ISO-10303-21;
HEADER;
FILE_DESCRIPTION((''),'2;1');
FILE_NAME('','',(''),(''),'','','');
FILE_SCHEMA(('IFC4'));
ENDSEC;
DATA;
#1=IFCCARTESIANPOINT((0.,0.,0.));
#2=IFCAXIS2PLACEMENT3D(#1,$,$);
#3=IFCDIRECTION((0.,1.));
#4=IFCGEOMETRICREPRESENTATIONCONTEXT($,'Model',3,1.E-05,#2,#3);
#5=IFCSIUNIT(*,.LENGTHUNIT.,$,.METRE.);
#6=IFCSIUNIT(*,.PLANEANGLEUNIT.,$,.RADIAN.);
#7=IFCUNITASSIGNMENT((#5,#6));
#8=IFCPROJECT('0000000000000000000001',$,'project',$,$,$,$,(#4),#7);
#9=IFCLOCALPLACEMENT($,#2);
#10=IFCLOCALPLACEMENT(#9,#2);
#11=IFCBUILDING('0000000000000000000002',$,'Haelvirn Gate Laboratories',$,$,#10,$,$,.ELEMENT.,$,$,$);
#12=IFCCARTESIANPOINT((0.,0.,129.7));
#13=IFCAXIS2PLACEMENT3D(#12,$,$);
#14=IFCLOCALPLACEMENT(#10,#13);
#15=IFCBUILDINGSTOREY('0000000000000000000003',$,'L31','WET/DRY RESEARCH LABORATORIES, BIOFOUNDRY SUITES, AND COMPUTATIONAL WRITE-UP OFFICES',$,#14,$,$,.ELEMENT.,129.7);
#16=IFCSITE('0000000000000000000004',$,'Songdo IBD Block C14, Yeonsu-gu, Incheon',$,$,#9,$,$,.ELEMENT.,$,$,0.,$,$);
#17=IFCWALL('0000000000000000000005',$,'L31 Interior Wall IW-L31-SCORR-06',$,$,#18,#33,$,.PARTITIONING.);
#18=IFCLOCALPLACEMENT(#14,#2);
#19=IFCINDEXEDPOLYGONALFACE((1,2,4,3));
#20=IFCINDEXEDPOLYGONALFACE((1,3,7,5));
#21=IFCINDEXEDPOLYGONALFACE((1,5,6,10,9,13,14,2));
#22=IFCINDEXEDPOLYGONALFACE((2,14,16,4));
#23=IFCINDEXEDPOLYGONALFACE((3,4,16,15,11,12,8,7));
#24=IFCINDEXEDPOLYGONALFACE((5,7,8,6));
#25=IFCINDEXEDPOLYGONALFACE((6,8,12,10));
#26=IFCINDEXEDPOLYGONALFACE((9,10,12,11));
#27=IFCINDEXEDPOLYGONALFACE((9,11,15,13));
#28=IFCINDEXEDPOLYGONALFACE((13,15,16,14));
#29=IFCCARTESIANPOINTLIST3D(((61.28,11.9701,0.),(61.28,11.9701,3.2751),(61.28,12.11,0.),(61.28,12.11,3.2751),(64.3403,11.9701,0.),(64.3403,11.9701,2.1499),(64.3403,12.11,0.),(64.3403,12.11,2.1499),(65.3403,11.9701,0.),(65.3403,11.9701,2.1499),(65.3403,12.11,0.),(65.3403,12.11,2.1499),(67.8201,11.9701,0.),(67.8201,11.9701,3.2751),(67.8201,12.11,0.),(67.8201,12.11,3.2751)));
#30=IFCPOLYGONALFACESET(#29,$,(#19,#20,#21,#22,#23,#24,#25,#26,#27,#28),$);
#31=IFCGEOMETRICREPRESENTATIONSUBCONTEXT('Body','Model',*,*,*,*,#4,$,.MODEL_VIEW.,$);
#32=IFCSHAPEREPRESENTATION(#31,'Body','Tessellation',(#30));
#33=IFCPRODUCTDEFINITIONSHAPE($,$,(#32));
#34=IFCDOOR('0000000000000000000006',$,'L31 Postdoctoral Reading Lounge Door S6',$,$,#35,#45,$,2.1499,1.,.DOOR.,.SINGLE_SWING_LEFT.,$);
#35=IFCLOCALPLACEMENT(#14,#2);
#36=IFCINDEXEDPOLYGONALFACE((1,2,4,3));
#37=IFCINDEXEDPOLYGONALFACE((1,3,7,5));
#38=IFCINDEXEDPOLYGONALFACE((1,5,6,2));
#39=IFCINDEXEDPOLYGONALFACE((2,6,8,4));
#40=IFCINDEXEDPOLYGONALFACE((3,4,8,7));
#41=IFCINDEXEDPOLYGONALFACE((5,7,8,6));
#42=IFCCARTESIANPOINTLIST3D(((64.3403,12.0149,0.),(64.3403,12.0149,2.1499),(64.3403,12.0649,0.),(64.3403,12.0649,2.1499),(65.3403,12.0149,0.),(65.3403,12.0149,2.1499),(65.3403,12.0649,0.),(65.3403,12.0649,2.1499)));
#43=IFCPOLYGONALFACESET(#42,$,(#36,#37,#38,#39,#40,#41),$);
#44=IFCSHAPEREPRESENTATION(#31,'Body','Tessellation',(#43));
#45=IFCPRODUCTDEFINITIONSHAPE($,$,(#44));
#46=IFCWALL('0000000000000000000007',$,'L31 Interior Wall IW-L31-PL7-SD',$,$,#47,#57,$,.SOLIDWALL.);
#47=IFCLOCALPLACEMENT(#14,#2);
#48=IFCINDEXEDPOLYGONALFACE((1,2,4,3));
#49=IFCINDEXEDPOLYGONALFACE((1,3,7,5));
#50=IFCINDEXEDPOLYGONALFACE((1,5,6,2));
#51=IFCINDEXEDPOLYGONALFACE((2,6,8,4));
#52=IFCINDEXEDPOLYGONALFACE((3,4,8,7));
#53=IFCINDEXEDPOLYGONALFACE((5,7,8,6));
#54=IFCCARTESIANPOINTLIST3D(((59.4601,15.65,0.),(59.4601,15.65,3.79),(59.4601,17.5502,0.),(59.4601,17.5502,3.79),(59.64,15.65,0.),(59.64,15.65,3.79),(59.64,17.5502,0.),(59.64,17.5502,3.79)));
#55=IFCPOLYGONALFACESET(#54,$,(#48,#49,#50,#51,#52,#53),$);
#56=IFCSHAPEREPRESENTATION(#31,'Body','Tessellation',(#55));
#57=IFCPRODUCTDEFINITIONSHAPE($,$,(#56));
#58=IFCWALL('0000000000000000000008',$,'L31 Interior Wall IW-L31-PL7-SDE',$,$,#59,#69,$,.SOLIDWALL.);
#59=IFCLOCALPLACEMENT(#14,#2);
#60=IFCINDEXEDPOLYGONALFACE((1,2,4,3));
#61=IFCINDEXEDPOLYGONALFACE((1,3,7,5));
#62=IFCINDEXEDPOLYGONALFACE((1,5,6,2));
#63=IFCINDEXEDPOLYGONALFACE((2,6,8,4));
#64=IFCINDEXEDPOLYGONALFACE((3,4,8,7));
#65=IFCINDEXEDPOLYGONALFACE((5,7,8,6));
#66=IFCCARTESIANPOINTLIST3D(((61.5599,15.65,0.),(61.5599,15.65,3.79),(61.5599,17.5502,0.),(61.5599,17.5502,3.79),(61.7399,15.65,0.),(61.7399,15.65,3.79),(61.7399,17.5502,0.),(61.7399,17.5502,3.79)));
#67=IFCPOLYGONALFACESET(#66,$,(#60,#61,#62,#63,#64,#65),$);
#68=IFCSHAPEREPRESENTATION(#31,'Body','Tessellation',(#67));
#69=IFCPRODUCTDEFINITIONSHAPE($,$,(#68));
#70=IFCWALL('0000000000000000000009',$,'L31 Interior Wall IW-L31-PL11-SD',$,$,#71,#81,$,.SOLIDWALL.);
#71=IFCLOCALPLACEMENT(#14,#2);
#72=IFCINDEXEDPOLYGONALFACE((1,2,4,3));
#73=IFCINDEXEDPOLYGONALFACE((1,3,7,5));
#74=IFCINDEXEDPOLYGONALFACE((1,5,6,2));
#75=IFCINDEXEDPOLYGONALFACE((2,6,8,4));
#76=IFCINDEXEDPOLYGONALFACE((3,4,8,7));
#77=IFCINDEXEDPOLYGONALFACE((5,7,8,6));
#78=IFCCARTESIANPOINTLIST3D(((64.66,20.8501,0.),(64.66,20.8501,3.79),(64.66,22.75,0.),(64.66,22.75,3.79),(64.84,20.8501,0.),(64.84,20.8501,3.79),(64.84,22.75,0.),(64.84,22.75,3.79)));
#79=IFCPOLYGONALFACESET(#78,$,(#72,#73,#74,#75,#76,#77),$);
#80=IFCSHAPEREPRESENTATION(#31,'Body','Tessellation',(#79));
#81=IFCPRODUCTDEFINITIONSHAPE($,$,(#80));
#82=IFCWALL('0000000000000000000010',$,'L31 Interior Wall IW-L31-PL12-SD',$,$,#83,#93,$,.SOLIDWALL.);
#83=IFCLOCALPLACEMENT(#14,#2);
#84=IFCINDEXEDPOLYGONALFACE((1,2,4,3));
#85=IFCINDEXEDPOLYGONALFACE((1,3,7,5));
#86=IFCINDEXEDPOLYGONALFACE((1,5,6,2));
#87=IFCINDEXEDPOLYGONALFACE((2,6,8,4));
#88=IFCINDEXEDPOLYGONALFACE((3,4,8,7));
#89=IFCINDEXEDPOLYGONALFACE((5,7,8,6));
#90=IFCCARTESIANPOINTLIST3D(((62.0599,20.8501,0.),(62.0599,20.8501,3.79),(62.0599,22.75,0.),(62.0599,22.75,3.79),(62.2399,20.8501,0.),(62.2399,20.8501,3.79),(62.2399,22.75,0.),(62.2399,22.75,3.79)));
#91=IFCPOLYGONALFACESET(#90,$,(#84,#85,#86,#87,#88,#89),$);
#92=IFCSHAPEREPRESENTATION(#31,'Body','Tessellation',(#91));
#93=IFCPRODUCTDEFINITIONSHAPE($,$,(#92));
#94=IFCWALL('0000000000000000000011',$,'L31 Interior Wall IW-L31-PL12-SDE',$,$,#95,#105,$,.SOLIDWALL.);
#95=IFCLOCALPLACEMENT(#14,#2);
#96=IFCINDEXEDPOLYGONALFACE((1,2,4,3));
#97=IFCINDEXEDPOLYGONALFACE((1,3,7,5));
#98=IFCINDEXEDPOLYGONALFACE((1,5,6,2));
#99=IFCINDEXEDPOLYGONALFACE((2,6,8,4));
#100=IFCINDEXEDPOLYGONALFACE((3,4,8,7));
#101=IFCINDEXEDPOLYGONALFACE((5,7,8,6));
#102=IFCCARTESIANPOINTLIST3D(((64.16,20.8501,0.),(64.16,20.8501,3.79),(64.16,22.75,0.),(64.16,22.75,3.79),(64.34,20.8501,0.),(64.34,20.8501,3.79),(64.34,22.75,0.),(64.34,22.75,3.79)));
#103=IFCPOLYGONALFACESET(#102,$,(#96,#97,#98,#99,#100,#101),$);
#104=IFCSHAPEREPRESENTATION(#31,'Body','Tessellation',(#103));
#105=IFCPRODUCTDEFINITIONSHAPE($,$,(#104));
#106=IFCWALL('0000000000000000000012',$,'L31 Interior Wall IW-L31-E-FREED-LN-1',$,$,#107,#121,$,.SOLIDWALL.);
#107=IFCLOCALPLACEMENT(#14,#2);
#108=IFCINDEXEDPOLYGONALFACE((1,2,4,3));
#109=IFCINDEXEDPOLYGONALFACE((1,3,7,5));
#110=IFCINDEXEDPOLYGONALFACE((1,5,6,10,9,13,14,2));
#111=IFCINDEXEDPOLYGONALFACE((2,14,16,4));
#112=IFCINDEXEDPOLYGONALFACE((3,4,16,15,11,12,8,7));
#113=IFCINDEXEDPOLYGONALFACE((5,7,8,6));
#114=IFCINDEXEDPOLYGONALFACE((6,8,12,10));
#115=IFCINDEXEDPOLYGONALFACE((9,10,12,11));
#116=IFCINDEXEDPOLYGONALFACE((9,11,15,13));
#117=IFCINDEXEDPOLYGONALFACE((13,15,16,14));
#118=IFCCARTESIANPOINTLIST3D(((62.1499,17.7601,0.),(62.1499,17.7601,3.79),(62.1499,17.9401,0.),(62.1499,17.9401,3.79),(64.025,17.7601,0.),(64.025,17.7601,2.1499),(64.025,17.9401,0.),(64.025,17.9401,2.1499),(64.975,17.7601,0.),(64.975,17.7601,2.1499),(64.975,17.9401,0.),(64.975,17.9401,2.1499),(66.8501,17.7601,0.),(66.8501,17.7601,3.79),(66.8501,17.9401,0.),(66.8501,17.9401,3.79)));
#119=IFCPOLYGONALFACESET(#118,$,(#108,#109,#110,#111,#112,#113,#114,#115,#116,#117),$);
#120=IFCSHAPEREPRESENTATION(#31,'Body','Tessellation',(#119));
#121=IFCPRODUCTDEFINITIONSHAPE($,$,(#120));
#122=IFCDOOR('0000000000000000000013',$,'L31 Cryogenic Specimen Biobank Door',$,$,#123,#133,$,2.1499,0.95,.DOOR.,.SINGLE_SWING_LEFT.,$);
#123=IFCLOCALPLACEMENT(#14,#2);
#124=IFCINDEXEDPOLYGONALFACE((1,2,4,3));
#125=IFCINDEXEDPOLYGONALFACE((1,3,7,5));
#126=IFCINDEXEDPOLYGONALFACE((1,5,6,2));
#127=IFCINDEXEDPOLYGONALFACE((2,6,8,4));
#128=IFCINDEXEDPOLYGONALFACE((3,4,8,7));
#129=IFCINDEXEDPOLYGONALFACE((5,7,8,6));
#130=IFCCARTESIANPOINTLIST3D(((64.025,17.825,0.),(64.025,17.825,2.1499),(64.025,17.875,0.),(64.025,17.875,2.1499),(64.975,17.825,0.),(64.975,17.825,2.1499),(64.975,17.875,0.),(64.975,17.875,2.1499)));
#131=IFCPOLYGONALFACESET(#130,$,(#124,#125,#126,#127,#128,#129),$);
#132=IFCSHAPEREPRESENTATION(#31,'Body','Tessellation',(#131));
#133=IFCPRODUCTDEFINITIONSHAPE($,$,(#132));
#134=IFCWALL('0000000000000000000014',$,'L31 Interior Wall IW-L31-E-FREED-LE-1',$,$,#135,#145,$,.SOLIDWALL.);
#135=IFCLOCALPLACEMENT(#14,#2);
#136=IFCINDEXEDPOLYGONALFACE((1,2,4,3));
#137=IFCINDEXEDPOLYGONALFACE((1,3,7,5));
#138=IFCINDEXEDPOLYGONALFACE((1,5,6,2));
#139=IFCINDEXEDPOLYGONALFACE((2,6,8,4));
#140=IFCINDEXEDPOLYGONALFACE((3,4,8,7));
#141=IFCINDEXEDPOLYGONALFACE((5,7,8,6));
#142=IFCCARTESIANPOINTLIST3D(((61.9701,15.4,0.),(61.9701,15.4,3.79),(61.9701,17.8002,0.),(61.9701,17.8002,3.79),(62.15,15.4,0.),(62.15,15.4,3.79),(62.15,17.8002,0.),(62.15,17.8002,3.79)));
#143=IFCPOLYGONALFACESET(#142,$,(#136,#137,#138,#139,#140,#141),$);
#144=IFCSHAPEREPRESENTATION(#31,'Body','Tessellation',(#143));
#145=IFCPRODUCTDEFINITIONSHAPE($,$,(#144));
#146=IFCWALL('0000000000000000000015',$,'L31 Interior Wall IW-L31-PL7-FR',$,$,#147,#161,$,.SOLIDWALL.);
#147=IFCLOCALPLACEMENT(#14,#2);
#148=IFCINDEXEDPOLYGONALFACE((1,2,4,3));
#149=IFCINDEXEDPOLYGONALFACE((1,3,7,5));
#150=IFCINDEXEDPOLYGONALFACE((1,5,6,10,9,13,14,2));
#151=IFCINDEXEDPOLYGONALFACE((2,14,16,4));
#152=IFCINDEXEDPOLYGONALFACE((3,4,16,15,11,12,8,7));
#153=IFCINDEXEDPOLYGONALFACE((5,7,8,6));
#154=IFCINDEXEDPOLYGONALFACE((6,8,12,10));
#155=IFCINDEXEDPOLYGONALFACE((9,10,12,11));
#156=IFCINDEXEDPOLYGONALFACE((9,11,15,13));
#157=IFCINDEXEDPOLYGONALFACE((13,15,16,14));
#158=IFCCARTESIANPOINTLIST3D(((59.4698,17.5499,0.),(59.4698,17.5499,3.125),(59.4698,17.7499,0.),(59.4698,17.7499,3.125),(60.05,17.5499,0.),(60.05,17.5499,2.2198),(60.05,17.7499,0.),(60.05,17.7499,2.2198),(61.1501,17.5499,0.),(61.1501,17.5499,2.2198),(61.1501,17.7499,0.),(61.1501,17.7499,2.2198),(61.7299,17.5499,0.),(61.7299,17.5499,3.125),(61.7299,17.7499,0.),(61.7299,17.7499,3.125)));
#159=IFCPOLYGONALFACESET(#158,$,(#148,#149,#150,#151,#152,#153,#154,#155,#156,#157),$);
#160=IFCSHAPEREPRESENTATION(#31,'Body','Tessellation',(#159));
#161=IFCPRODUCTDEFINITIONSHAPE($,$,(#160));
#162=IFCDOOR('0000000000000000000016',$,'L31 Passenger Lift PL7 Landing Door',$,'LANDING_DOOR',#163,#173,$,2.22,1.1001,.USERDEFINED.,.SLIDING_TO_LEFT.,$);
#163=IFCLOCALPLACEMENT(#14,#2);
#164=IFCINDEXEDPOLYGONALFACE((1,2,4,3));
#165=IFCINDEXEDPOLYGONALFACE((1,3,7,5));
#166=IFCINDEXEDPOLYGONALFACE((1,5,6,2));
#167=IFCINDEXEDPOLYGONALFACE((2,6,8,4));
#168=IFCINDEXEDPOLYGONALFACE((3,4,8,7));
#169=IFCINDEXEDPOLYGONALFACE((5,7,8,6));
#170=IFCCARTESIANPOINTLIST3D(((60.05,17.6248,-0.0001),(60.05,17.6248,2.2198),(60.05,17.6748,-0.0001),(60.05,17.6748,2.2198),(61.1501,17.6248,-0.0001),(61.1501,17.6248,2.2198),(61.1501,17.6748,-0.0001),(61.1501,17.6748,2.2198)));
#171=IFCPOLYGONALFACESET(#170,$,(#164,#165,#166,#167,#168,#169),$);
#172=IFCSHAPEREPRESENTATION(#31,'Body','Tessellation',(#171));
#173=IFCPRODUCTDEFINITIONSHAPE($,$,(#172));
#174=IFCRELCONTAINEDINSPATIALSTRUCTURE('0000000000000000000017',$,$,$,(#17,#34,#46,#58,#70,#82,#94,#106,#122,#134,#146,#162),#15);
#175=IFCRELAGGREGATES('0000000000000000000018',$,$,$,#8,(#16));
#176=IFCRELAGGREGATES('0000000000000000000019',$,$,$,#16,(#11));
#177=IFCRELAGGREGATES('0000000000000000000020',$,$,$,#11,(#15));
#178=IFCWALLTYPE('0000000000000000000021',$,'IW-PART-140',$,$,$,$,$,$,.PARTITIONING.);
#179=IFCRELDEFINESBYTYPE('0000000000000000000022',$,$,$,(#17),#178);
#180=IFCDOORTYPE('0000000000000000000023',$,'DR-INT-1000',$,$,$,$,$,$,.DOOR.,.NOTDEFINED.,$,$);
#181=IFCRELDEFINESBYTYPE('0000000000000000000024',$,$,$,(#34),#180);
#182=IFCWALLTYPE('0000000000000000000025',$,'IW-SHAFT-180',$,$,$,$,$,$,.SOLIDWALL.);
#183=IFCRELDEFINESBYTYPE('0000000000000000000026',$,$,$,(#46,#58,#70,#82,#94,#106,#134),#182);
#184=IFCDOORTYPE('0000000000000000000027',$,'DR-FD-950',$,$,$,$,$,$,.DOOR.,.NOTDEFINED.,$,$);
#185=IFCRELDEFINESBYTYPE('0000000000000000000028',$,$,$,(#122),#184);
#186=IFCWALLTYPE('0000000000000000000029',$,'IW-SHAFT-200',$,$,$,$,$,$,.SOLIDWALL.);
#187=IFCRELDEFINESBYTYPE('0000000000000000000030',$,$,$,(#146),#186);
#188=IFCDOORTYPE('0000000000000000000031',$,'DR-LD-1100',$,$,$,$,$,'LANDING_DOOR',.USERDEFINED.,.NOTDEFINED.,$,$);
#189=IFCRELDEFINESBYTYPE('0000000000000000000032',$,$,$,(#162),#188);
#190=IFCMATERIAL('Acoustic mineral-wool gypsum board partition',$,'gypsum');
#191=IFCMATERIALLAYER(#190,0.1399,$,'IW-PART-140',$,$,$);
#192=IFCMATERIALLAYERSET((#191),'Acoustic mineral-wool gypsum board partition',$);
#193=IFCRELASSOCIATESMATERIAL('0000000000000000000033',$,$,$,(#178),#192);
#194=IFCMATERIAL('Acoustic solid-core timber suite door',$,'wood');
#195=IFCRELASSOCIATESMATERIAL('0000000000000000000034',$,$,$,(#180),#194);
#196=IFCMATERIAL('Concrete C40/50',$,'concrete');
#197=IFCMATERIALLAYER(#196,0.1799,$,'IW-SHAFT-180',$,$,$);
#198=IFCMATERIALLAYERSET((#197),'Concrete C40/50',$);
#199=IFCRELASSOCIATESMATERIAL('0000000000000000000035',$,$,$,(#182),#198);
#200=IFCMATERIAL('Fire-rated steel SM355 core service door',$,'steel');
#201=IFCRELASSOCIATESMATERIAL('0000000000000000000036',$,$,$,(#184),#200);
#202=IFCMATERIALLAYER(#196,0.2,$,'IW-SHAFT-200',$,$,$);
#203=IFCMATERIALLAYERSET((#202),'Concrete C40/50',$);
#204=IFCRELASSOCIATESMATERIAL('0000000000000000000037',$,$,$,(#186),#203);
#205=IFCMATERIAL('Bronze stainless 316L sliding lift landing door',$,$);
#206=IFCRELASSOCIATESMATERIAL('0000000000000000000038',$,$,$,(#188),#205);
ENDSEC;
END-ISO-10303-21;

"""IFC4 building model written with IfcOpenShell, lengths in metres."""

from ifc_helpers import new_model, si_unit, direction, frame, frame_2d, origin, place, context, subcontext, project, spatial, rectangle, extrude, source, transform, mapped, material, layer, layer_set, type_object, type_shapes, element, fill, save


model = new_model("IFC4")

# Units and contexts
model_context = context("Model", 3, precision=1e-05, world=origin(), true_north=direction((0.0, 1.0)))
body_context = subcontext(model_context, "Body", "Model", "MODEL_VIEW")
ifc_project = project(units=[si_unit("LENGTHUNIT", "METRE"), si_unit("PLANEANGLEUNIT", "RADIAN")], contexts=[model_context])

# Site, building, storey
site_placement = place(None, origin())
site = spatial("IfcSite", under=ifc_project, at=site_placement, Name="Songdo IBD Block C14, Yeonsu-gu, Incheon", CompositionType="ELEMENT", RefElevation=0.0)
building_placement = place(site_placement, origin())
building = spatial("IfcBuilding", under=site, at=building_placement, Name="Haelvirn Gate Laboratories", CompositionType="ELEMENT")
storey_placement = place(building_placement, frame((0.0, 0.0, 129.7)))
storey = spatial("IfcBuildingStorey", under=building, at=storey_placement, Name="L31", Description="WET/DRY RESEARCH LABORATORIES, BIOFOUNDRY SUITES, AND COMPUTATIONAL WRITE-UP OFFICES", CompositionType="ELEMENT", Elevation=129.7)

# Wall, opening, door
ifc_material_1 = material(Name="Acoustic mineral-wool gypsum board partition", Category="gypsum")
ifc_layer_1 = layer(ifc_material_1, 0.1399, Name="IW-PART-140")
ifc_layer_set_1 = layer_set([ifc_layer_1], Name="Acoustic mineral-wool gypsum board partition")
wall_type_1 = type_object("IfcWallType", Name="IW-PART-140", PredefinedType="PARTITIONING", material=ifc_layer_set_1)
wall_1_placement = place(storey_placement, frame((61.28, 12.04, 0.0), z_axis=(0.0, 0.0, 1.0), x_axis=(1.0, 0.0, 0.0)))
wall_1 = element("IfcWall", 1, at=wall_1_placement, inside=storey, type_object=wall_type_1, Name="L31 Interior Wall IW-L31-SCORR-06", PredefinedType="PARTITIONING", context=body_context, shape_type="SweptSolid", body=[
    extrude(rectangle(XDim=6.54, YDim=0.1399, at=frame_2d((3.27, 0.0))), origin(), (0.0, 0.0, 1.0), 3.2751),
])
opening_1_placement = place(wall_1_placement, frame((3.0603, 0.0, 0.0)))
opening_1 = element("IfcOpeningElement", 2, at=opening_1_placement, cuts=wall_1, PredefinedType="OPENING", context=body_context, shape_type="SweptSolid", body=[
    extrude(rectangle(XDim=1.0, YDim=2.1499, at=frame_2d((0.5, 1.075))), frame((0.0, 0.0801, 0.0), z_axis=(0.0, -1.0, 0.0), x_axis=(1.0, 0.0, 0.0)), (0.0, 0.0, 1.0), 0.1599),
])
ifc_material_2 = material(Name="Acoustic solid-core timber suite door", Category="wood")
door_type_1 = type_object("IfcDoorType", Name="DR-INT-1000", OperationType="NOTDEFINED", PredefinedType="DOOR", material=ifc_material_2)
shared_shape_1 = source(origin(), body_context, "Body", "SweptSolid", [
    extrude(rectangle(XDim=1.0, YDim=2.1499, at=frame_2d((0.5, 1.075))), frame((0.0, 0.0249, 0.0), z_axis=(0.0, -1.0, 0.0), x_axis=(1.0, 0.0, 0.0)), (0.0, 0.0, 1.0), 0.05),
])
type_shapes(door_type_1, [shared_shape_1])
door_1_placement = place(opening_1_placement, origin())
door_1 = element("IfcDoor", 3, at=door_1_placement, inside=storey, type_object=door_type_1, Name="L31 Postdoctoral Reading Lounge Door S6", OperationType="SINGLE_SWING_LEFT", OverallHeight=2.1499, OverallWidth=1.0, PredefinedType="DOOR", context=body_context, shape_type="MappedRepresentation", body=[
    mapped(shared_shape_1, transform((0.0, 0.0, 0.0), scale=1.0)),
])
fill(opening_1, door_1)

# Walls
ifc_material_3 = material(Name="Concrete C40/50", Category="concrete")
ifc_layer_2 = layer(ifc_material_3, 0.1799, Name="IW-SHAFT-180")
ifc_layer_set_2 = layer_set([ifc_layer_2], Name="Concrete C40/50")
wall_type_2 = type_object("IfcWallType", Name="IW-SHAFT-180", PredefinedType="SOLIDWALL", material=ifc_layer_set_2)
for number, where, z_axis, x_axis, name in (
    (4, (59.55, 15.6499, 0.0), (0.0, 0.0, 1.0), (0.0, 1.0, 0.0), "L31 Interior Wall IW-L31-PL7-SD"),
    (5, (61.6499, 15.6499, 0.0), (0.0, 0.0, 1.0), (0.0, 1.0, 0.0), "L31 Interior Wall IW-L31-PL7-SDE"),
):
    element("IfcWall", number, at=place(storey_placement, frame(where, z_axis=z_axis, x_axis=x_axis)), inside=storey, type_object=wall_type_2, Name=name, PredefinedType="SOLIDWALL", context=body_context, shape_type="SweptSolid", body=[
        extrude(rectangle(XDim=1.9001, YDim=0.1799, at=frame_2d((0.9502, 0.0))), origin(), (0.0, 0.0, 1.0), 3.79),
    ])
for number, where, z_axis, x_axis, name in (
    (6, (64.75, 20.8501, 0.0), (0.0, 0.0, 1.0), (0.0, 1.0, 0.0), "L31 Interior Wall IW-L31-PL11-SD"),
    (7, (62.1499, 20.8501, 0.0), (0.0, 0.0, 1.0), (0.0, 1.0, 0.0), "L31 Interior Wall IW-L31-PL12-SD"),
    (8, (64.25, 20.8501, 0.0), (0.0, 0.0, 1.0), (0.0, 1.0, 0.0), "L31 Interior Wall IW-L31-PL12-SDE"),
):
    element("IfcWall", number, at=place(storey_placement, frame(where, z_axis=z_axis, x_axis=x_axis)), inside=storey, type_object=wall_type_2, Name=name, PredefinedType="SOLIDWALL", context=body_context, shape_type="SweptSolid", body=[
        extrude(rectangle(XDim=1.8999, YDim=0.1799, at=frame_2d((0.95, 0.0))), origin(), (0.0, 0.0, 1.0), 3.79),
    ])

# Wall, opening, door
wall_2_placement = place(storey_placement, frame((62.1499, 17.8501, 0.0), z_axis=(0.0, 0.0, 1.0), x_axis=(1.0, 0.0, 0.0)))
wall_2 = element("IfcWall", 9, at=wall_2_placement, inside=storey, type_object=wall_type_2, Name="L31 Interior Wall IW-L31-E-FREED-LN-1", PredefinedType="SOLIDWALL", context=body_context, shape_type="SweptSolid", body=[
    extrude(rectangle(XDim=4.7002, YDim=0.1799, at=frame_2d((2.3501, 0.0))), origin(), (0.0, 0.0, 1.0), 3.79),
])
opening_2_placement = place(wall_2_placement, frame((1.875, 0.0, 0.0)))
opening_2 = element("IfcOpeningElement", 10, at=opening_2_placement, cuts=wall_2, PredefinedType="OPENING", context=body_context, shape_type="SweptSolid", body=[
    extrude(rectangle(XDim=0.95, YDim=2.1499, at=frame_2d((0.4751, 1.075))), frame((0.0, 0.1001, 0.0), z_axis=(0.0, -1.0, 0.0), x_axis=(1.0, 0.0, 0.0)), (0.0, 0.0, 1.0), 0.2),
])
ifc_material_4 = material(Name="Fire-rated steel SM355 core service door", Category="steel")
door_type_2 = type_object("IfcDoorType", Name="DR-FD-950", OperationType="NOTDEFINED", PredefinedType="DOOR", material=ifc_material_4)
shared_shape_2 = source(origin(), body_context, "Body", "SweptSolid", [
    extrude(rectangle(XDim=0.95, YDim=2.1499, at=frame_2d((0.4751, 1.075))), frame((0.0, 0.0249, 0.0), z_axis=(0.0, -1.0, 0.0), x_axis=(1.0, 0.0, 0.0)), (0.0, 0.0, 1.0), 0.05),
])
type_shapes(door_type_2, [shared_shape_2])
door_2_placement = place(opening_2_placement, origin())
door_2 = element("IfcDoor", 11, at=door_2_placement, inside=storey, type_object=door_type_2, Name="L31 Cryogenic Specimen Biobank Door", OperationType="SINGLE_SWING_LEFT", OverallHeight=2.1499, OverallWidth=0.95, PredefinedType="DOOR", context=body_context, shape_type="MappedRepresentation", body=[
    mapped(shared_shape_2, transform((0.0, 0.0, 0.0), scale=1.0)),
])
fill(opening_2, door_2)

# Wall
wall_3_placement = place(storey_placement, frame((62.0601, 15.3999, 0.0), z_axis=(0.0, 0.0, 1.0), x_axis=(0.0, 1.0, 0.0)))
element("IfcWall", 12, at=wall_3_placement, inside=storey, type_object=wall_type_2, Name="L31 Interior Wall IW-L31-E-FREED-LE-1", PredefinedType="SOLIDWALL", context=body_context, shape_type="SweptSolid", body=[
    extrude(rectangle(XDim=2.4001, YDim=0.1799, at=frame_2d((1.2002, 0.0))), origin(), (0.0, 0.0, 1.0), 3.79),
])

# Wall, opening, door
ifc_layer_3 = layer(ifc_material_3, 0.2, Name="IW-SHAFT-200")
ifc_layer_set_3 = layer_set([ifc_layer_3], Name="Concrete C40/50")
wall_type_3 = type_object("IfcWallType", Name="IW-SHAFT-200", PredefinedType="SOLIDWALL", material=ifc_layer_set_3)
wall_4_placement = place(storey_placement, frame((59.47, 17.6499, 0.0), z_axis=(0.0, 0.0, 1.0), x_axis=(1.0, 0.0, 0.0)))
wall_4 = element("IfcWall", 13, at=wall_4_placement, inside=storey, type_object=wall_type_3, Name="L31 Interior Wall IW-L31-PL7-FR", PredefinedType="SOLIDWALL", context=body_context, shape_type="SweptSolid", body=[
    extrude(rectangle(XDim=2.26, YDim=0.2, at=frame_2d((1.1299, 0.0))), origin(), (0.0, 0.0, 1.0), 3.125),
])
opening_3_placement = place(wall_4_placement, frame((0.5801, 0.0, 0.0)))
opening_3 = element("IfcOpeningElement", 14, at=opening_3_placement, cuts=wall_4, PredefinedType="OPENING", context=body_context, shape_type="SweptSolid", body=[
    extrude(rectangle(XDim=1.1001, YDim=2.22, at=frame_2d((0.55, 1.1099))), frame((0.0, 0.1099, 0.0), z_axis=(0.0, -1.0, 0.0), x_axis=(1.0, 0.0, 0.0)), (0.0, 0.0, 1.0), 0.22),
])
ifc_material_5 = material(Name="Bronze stainless 316L sliding lift landing door")
door_type_3 = type_object("IfcDoorType", Name="DR-LD-1100", ElementType="LANDING_DOOR", OperationType="NOTDEFINED", PredefinedType="USERDEFINED", material=ifc_material_5)
shared_shape_3 = source(origin(), body_context, "Body", "SweptSolid", [
    extrude(rectangle(XDim=1.1001, YDim=2.22, at=frame_2d((0.55, 1.1099))), frame((0.0, 0.0249, 0.0), z_axis=(0.0, -1.0, 0.0), x_axis=(1.0, 0.0, 0.0)), (0.0, 0.0, 1.0), 0.05),
])
type_shapes(door_type_3, [shared_shape_3])
door_3_placement = place(opening_3_placement, origin())
door_3 = element("IfcDoor", 15, at=door_3_placement, inside=storey, type_object=door_type_3, Name="L31 Passenger Lift PL7 Landing Door", ObjectType="LANDING_DOOR", OperationType="SLIDING_TO_LEFT", OverallHeight=2.22, OverallWidth=1.1001, PredefinedType="USERDEFINED", context=body_context, shape_type="MappedRepresentation", body=[
    mapped(shared_shape_3, transform((0.0, 0.0, 0.0), scale=1.0)),
])
fill(opening_3, door_3)

save(model, "model.ifc")
